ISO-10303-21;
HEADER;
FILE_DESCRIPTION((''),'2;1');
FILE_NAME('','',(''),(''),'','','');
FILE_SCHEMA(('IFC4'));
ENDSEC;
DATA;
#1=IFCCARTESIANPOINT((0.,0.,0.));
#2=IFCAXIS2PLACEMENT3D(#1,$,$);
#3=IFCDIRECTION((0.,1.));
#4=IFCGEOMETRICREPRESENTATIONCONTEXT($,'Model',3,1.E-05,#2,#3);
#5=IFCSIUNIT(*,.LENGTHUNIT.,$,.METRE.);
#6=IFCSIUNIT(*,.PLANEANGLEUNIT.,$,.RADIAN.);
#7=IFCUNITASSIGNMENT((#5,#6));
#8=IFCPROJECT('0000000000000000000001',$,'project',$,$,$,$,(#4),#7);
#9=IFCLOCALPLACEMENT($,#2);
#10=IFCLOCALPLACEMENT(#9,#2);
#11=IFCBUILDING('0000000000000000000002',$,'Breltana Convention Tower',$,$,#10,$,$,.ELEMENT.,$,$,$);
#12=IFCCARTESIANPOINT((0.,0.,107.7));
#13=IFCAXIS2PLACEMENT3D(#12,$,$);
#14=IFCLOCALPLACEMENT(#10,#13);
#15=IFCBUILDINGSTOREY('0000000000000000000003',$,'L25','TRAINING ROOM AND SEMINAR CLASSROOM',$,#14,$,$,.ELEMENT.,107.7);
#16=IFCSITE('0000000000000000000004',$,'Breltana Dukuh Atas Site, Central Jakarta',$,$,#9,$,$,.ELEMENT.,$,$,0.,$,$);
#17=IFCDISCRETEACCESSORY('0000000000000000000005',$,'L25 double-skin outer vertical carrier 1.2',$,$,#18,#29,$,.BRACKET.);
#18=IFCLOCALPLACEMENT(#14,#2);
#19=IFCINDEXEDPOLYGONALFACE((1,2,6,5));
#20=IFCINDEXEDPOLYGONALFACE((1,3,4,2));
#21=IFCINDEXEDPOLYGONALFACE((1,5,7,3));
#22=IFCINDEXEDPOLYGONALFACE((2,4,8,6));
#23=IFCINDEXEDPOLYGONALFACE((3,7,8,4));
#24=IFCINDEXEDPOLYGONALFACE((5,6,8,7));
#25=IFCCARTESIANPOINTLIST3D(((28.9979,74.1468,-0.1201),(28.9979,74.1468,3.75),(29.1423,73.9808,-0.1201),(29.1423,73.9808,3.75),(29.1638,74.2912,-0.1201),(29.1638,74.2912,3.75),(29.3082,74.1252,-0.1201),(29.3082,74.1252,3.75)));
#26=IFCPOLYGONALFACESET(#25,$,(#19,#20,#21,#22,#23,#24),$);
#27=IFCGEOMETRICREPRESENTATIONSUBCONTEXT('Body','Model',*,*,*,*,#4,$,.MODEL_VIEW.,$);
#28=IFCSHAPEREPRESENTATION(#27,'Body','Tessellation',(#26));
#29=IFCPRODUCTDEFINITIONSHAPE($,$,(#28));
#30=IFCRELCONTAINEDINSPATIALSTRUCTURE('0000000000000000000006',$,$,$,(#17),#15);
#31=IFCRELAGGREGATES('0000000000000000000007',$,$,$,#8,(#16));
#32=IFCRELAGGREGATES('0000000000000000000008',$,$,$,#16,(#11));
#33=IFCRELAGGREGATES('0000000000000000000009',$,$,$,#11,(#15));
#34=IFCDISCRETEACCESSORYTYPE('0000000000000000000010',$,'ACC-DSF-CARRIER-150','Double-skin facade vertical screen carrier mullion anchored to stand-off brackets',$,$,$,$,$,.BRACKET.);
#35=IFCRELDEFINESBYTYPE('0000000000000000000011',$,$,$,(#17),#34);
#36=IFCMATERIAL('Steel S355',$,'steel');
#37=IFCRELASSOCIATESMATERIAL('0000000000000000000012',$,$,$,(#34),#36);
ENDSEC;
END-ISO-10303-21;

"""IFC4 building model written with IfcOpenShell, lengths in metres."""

from ifc_helpers import new_model, si_unit, direction, frame, origin, origin_2d, place, context, subcontext, project, spatial, rectangle, extrude, source, transform, mapped, material, type_object, element, save


model = new_model("IFC4")

# Units and contexts
model_context = context("Model", 3, precision=1e-05, world=origin(), true_north=direction((0.0, 1.0)))
body_context = subcontext(model_context, "Body", "Model", "MODEL_VIEW")
ifc_project = project(units=[si_unit("LENGTHUNIT", "METRE"), si_unit("PLANEANGLEUNIT", "RADIAN")], contexts=[model_context])

# Site, building, storey
site_placement = place(None, origin())
site = spatial("IfcSite", under=ifc_project, at=site_placement, Name="Breltana Dukuh Atas Site, Central Jakarta", CompositionType="ELEMENT", RefElevation=0.0)
building_placement = place(site_placement, origin())
building = spatial("IfcBuilding", under=site, at=building_placement, Name="Breltana Convention Tower", CompositionType="ELEMENT")
storey_placement = place(building_placement, frame((0.0, 0.0, 107.7)))
storey = spatial("IfcBuildingStorey", under=building, at=storey_placement, Name="L25", Description="TRAINING ROOM AND SEMINAR CLASSROOM", CompositionType="ELEMENT", Elevation=107.7)

# Discrete accessory
ifc_material_1 = material(Name="Steel S355", Category="steel")
discrete_accessory_type_1 = type_object("IfcDiscreteAccessoryType", Name="ACC-DSF-CARRIER-150", Description="Double-skin facade vertical screen carrier mullion anchored to stand-off brackets", PredefinedType="BRACKET", material=ifc_material_1)
shared_shape_1 = source(origin(), body_context, "Body", "SweptSolid", [
    extrude(rectangle(XDim=0.22, YDim=0.22, at=origin_2d()), origin(), (0.0, 0.0, 1.0), 3.8701),
])
discrete_accessory_placement = place(storey_placement, frame((29.1531, 74.136, -0.1201), z_axis=(0.0, 0.0, 1.0), x_axis=(-0.656454, 0.754366, 0.0)))
element("IfcDiscreteAccessory", 1, at=discrete_accessory_placement, inside=storey, type_object=discrete_accessory_type_1, Name="L25 double-skin outer vertical carrier 1.2", PredefinedType="BRACKET", context=body_context, shape_type="MappedRepresentation", body=[
    mapped(shared_shape_1, transform((0.0, 0.0, 0.0), scale=1.0)),
])

save(model, "model.ifc")
